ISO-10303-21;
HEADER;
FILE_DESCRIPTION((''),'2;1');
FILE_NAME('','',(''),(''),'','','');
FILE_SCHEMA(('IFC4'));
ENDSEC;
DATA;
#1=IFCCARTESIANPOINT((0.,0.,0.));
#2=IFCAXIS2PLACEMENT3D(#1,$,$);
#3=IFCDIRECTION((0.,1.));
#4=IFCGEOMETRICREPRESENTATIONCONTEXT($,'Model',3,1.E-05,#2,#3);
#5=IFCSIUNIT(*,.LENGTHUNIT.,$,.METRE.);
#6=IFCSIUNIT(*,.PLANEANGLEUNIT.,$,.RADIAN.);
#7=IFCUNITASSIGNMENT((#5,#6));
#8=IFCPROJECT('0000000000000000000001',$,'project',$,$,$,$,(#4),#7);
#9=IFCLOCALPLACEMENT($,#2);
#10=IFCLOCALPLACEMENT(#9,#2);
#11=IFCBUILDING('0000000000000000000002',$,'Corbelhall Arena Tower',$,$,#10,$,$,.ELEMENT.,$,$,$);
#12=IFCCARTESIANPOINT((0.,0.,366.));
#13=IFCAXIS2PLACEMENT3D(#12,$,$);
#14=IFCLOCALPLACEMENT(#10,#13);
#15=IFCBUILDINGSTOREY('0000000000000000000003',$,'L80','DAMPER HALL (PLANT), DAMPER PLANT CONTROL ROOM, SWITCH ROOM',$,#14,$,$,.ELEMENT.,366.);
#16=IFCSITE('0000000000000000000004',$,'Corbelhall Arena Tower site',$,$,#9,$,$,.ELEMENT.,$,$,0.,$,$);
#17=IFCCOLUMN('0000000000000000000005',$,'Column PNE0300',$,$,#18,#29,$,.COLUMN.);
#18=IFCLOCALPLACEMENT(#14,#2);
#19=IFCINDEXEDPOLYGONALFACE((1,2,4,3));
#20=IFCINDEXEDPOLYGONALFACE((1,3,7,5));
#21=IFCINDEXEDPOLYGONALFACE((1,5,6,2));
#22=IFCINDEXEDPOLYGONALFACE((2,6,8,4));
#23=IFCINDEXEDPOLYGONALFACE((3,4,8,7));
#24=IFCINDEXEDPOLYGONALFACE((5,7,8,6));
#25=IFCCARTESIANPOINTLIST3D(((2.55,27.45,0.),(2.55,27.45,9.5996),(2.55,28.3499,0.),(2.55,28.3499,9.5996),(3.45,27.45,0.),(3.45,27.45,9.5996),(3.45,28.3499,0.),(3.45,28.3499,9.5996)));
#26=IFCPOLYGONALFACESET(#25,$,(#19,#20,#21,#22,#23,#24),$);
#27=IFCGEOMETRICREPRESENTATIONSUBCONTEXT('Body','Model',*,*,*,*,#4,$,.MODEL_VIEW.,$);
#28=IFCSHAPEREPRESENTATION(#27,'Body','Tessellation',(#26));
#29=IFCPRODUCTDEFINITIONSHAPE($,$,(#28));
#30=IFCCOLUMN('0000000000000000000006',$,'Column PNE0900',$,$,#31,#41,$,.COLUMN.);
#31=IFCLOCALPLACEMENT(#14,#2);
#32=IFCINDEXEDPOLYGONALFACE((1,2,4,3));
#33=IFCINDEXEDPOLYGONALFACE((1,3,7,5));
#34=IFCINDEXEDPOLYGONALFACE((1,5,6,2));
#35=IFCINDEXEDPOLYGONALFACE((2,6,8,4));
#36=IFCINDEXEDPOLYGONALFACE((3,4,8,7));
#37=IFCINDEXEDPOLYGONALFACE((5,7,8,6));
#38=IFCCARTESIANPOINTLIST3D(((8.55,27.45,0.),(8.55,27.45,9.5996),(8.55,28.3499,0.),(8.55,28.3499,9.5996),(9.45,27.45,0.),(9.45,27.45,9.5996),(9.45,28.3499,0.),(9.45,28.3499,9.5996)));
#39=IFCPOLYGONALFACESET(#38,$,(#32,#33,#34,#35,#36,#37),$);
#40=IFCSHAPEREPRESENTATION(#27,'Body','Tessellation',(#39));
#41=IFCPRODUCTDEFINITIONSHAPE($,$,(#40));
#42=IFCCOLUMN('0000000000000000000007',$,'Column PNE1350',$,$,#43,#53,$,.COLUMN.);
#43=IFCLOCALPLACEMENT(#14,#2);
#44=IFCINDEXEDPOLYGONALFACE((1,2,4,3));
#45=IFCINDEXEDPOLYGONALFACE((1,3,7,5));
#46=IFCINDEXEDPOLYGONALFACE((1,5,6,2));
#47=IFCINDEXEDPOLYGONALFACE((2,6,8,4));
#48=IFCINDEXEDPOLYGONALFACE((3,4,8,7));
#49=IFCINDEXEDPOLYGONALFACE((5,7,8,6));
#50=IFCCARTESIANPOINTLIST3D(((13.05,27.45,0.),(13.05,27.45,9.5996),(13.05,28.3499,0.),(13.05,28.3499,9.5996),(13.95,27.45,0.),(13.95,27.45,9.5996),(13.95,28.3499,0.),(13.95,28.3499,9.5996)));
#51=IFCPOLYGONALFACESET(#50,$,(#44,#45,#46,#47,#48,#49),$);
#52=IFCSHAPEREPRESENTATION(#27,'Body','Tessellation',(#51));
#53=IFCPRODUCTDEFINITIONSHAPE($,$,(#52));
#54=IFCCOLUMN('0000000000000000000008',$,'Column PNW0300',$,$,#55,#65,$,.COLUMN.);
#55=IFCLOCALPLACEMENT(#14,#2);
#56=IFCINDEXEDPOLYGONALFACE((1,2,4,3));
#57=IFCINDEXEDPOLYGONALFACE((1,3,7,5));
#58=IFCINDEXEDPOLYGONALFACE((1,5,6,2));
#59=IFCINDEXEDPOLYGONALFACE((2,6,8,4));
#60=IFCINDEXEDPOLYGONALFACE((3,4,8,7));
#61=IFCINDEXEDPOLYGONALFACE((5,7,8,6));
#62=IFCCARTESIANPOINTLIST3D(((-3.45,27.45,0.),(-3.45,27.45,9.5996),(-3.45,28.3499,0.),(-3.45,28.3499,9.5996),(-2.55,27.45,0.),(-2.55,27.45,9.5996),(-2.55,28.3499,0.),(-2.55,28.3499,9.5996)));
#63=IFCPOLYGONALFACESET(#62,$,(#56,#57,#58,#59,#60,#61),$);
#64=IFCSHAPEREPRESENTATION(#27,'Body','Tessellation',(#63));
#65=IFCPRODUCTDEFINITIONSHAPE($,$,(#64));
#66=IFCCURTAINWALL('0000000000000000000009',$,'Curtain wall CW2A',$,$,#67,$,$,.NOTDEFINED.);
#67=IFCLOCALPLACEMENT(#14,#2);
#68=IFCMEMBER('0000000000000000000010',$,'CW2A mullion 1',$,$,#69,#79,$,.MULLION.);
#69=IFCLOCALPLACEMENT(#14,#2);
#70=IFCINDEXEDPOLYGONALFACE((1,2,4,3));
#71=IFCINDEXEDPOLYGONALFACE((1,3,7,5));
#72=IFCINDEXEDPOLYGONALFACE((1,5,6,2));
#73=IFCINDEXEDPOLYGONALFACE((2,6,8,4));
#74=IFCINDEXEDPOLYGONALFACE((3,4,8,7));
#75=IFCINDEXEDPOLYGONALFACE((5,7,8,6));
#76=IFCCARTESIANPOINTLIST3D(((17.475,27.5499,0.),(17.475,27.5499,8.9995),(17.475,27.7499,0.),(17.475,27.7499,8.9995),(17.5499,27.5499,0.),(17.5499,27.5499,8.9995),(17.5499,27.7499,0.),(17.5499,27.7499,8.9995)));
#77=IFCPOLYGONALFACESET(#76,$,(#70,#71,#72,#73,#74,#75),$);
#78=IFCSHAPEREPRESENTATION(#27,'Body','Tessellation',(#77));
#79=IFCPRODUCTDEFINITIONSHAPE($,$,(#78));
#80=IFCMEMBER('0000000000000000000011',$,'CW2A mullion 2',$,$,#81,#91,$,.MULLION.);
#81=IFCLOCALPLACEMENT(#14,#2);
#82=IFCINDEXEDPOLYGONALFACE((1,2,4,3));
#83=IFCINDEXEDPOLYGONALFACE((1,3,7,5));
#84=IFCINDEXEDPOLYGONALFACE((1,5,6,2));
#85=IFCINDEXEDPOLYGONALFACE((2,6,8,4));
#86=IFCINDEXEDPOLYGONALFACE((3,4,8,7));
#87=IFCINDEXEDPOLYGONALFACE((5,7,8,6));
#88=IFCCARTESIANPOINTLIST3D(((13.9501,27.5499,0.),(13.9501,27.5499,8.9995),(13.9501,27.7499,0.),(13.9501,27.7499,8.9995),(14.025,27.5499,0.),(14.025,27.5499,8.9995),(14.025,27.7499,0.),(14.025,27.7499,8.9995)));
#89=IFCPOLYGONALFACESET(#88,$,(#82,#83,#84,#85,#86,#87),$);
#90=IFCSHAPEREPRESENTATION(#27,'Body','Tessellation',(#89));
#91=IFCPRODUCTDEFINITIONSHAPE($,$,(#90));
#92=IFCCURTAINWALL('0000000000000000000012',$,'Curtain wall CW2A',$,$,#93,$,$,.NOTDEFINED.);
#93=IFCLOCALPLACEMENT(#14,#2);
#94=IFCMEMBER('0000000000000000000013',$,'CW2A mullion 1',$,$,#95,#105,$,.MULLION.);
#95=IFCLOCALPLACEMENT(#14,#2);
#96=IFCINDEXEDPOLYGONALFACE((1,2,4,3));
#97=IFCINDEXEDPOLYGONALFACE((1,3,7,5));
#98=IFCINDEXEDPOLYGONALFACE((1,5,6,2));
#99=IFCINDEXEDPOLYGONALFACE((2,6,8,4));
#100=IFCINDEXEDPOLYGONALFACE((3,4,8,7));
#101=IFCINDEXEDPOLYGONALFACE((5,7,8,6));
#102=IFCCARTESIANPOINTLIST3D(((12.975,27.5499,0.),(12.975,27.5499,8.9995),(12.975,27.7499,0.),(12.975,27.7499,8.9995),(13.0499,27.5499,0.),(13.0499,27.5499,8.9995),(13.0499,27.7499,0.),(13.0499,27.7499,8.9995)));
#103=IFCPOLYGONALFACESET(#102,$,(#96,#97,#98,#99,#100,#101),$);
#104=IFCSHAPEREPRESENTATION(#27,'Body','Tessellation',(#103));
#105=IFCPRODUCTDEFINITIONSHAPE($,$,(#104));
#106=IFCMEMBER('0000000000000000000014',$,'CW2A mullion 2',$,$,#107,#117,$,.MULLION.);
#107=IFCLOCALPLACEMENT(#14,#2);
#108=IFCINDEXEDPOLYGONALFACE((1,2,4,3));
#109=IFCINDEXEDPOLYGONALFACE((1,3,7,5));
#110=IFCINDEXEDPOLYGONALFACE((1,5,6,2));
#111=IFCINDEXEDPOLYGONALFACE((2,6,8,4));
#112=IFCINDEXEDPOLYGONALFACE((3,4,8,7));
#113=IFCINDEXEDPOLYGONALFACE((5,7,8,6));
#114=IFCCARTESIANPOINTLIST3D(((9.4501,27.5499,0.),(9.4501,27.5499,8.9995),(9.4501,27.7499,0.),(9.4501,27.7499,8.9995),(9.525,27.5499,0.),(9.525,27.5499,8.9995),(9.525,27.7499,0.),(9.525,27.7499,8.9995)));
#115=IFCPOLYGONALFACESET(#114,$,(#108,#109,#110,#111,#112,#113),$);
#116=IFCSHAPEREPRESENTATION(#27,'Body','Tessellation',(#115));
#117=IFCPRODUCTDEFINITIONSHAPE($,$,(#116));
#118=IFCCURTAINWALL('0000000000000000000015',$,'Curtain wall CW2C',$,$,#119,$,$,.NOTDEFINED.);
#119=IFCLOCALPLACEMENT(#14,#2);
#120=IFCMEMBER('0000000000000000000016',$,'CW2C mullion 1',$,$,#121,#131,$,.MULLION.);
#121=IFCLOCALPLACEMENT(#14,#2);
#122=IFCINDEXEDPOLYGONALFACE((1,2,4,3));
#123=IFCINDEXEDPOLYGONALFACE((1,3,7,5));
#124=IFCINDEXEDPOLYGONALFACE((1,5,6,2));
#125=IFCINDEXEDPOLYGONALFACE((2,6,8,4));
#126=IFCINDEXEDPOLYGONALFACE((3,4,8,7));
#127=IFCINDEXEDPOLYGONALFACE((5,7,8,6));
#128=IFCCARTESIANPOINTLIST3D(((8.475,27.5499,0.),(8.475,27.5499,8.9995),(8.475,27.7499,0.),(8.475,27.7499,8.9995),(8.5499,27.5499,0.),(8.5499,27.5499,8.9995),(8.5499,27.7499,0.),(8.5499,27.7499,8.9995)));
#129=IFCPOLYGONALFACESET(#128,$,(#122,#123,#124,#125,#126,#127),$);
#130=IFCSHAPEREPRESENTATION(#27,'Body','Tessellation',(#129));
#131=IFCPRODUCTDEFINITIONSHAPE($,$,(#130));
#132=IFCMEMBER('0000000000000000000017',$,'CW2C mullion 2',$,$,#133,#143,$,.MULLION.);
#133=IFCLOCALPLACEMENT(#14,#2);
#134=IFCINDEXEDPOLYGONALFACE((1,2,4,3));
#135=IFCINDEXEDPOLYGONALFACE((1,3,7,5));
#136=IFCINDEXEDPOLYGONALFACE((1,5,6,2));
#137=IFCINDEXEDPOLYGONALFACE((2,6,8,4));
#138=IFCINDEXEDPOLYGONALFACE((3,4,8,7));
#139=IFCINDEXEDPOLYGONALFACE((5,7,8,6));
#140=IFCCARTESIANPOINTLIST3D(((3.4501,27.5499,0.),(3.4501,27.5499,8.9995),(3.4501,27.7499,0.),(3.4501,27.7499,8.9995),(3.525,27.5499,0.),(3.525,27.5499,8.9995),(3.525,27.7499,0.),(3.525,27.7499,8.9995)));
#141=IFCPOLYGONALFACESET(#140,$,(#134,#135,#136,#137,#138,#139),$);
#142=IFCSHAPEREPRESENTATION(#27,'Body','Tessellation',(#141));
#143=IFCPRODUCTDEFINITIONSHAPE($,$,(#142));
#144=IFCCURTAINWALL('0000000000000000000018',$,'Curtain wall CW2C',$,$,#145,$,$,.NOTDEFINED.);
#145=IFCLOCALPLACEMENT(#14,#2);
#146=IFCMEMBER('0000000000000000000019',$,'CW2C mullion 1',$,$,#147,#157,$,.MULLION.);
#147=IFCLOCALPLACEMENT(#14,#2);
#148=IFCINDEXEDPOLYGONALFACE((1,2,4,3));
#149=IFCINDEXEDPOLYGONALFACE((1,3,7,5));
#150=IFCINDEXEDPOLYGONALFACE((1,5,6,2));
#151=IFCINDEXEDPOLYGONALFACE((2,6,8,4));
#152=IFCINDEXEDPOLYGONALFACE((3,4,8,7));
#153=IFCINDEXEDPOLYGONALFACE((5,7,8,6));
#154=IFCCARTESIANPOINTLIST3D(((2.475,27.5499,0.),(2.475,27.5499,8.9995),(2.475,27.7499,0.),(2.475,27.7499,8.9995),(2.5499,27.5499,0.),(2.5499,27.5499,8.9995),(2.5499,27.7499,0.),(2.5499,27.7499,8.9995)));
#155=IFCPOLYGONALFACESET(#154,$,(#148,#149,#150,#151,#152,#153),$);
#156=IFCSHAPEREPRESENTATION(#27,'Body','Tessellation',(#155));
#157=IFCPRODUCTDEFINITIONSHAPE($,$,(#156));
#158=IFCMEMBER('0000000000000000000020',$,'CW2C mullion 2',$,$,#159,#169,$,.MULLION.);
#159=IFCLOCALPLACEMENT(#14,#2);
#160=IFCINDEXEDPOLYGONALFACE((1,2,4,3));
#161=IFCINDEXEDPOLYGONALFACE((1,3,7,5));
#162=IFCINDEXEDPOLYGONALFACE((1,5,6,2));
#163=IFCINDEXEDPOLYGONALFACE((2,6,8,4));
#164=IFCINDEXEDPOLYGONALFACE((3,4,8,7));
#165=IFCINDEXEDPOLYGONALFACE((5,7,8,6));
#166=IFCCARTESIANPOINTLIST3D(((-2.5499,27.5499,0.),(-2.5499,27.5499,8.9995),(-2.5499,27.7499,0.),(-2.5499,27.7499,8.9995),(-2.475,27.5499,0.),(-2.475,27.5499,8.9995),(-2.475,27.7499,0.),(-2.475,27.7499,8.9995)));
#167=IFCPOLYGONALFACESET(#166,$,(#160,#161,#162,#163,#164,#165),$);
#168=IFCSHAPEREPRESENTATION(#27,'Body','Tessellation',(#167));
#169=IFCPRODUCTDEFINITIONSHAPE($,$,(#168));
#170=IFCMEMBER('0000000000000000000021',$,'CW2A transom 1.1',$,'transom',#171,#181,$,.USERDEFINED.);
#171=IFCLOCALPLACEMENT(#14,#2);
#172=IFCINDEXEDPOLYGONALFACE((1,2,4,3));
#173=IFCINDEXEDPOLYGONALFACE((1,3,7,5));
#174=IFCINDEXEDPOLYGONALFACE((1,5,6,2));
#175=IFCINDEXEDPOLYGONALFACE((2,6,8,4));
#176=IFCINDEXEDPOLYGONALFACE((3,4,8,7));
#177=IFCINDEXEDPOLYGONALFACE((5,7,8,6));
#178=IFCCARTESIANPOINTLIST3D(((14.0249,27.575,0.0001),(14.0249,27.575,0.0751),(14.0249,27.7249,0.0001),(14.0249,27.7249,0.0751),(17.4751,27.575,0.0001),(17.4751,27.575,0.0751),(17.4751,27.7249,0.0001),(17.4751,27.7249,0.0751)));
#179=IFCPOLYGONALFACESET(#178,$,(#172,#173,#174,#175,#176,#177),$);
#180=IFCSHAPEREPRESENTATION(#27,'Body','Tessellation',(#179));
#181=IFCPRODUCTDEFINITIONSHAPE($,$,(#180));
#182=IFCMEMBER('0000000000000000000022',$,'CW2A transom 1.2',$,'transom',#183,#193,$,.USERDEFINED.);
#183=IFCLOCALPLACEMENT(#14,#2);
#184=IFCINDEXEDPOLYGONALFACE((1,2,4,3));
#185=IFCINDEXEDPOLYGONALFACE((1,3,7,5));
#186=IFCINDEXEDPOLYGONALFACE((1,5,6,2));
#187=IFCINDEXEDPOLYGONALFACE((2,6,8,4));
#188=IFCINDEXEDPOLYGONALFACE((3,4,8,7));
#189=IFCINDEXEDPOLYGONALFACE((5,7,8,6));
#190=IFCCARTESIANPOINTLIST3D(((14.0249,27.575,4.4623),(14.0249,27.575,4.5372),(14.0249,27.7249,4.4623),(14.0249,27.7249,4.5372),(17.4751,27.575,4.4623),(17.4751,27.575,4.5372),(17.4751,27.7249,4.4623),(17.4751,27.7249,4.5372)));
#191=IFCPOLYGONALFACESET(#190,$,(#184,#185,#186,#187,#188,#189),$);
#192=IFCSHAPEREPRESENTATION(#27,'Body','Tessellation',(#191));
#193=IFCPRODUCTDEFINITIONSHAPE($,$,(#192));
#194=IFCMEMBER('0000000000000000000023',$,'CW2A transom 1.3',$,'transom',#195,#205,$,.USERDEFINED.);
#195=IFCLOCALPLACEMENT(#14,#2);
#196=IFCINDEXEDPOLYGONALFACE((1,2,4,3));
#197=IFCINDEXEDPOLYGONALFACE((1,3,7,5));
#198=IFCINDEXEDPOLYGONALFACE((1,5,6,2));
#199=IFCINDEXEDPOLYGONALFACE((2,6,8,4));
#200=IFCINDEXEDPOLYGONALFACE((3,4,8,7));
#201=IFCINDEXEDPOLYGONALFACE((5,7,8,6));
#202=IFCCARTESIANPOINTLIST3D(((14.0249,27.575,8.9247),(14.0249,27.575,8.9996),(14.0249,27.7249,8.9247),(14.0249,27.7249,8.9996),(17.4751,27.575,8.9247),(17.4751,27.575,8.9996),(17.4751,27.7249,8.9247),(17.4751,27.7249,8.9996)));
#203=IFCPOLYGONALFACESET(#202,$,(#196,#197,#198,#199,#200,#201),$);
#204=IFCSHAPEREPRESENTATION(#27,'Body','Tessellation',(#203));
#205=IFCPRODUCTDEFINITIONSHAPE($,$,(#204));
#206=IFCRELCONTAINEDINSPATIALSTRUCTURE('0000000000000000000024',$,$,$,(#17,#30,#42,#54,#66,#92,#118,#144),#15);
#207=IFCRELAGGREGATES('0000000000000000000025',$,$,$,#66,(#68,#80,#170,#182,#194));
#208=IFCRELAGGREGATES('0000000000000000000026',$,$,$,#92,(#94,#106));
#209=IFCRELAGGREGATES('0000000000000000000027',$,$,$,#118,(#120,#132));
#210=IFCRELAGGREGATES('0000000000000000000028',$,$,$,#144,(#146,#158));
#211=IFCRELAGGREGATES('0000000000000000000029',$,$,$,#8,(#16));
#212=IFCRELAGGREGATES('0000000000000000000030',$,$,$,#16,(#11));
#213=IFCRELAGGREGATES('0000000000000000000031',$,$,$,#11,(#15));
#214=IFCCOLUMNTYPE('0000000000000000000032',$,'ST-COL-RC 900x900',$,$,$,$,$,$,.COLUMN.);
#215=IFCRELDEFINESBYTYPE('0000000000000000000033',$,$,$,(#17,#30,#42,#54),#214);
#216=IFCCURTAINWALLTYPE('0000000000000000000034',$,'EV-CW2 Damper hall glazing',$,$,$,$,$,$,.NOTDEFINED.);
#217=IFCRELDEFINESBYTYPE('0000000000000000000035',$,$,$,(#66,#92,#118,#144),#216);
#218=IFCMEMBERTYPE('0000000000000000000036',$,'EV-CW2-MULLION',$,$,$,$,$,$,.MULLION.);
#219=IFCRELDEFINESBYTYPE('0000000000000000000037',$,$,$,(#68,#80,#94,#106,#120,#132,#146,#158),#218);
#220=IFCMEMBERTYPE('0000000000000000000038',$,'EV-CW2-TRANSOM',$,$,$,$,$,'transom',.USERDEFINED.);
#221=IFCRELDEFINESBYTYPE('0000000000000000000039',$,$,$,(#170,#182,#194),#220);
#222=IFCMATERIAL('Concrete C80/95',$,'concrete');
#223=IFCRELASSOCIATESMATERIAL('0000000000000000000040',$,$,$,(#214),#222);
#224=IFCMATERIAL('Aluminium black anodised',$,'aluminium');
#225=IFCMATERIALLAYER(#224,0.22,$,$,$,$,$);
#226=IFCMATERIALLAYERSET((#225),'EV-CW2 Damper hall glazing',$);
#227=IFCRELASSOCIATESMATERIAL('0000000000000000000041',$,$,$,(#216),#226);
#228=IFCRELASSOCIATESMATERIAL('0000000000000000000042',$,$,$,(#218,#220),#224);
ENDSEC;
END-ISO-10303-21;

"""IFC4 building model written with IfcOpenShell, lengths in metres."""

from ifc_helpers import new_model, si_unit, direction, frame, origin, origin_2d, place, context, subcontext, project, spatial, rectangle, extrude, material, layer, layer_set, material_profile, profile_set, type_object, element, aggregate, save


model = new_model("IFC4")

# Units and contexts
model_context = context("Model", 3, precision=1e-05, world=origin(), true_north=direction((0.0, 1.0)))
body_context = subcontext(model_context, "Body", "Model", "MODEL_VIEW")
ifc_project = project(units=[si_unit("LENGTHUNIT", "METRE"), si_unit("PLANEANGLEUNIT", "RADIAN")], contexts=[model_context])

# Site, building, storey
site_placement = place(None, origin())
site = spatial("IfcSite", under=ifc_project, at=site_placement, Name="Corbelhall Arena Tower site", CompositionType="ELEMENT", RefElevation=0.0)
building_placement = place(site_placement, origin())
building = spatial("IfcBuilding", under=site, at=building_placement, Name="Corbelhall Arena Tower", CompositionType="ELEMENT")
storey_placement = place(building_placement, frame((0.0, 0.0, 366.0)))
storey = spatial("IfcBuildingStorey", under=building, at=storey_placement, Name="L80", Description="DAMPER HALL (PLANT), DAMPER PLANT CONTROL ROOM, SWITCH ROOM", CompositionType="ELEMENT", Elevation=366.0)

# Columns
ifc_material_1 = material(Name="Concrete C80/95", Category="concrete")
ifc_material_profile_1 = material_profile(ifc_material_1, rectangle(XDim=0.8999, YDim=0.8999, at=origin_2d()))
ifc_profile_set_1 = profile_set([ifc_material_profile_1], Name="Concrete C80/95")
column_type = type_object("IfcColumnType", Name="ST-COL-RC 900x900", PredefinedType="COLUMN", material=ifc_profile_set_1)
for number, where, z_axis, x_axis, name in (
    (1, (3.0, 27.8999, 0.0), (0.0, 0.0, 1.0), (1.0, 0.0, 0.0), "Column PNE0300"),
    (2, (9.0, 27.8999, 0.0), (0.0, 0.0, 1.0), (1.0, 0.0, 0.0), "Column PNE0900"),
    (3, (13.5, 27.8999, 0.0), (0.0, 0.0, 1.0), (1.0, 0.0, 0.0), "Column PNE1350"),
    (4, (-3.0, 27.8999, 0.0), (0.0, 0.0, 1.0), (1.0, 0.0, 0.0), "Column PNW0300"),
):
    element("IfcColumn", number, at=place(storey_placement, frame(where, z_axis=z_axis, x_axis=x_axis)), inside=storey, type_object=column_type, Name=name, PredefinedType="COLUMN", context=body_context, shape_type="SweptSolid", body=[
        extrude(rectangle(XDim=0.8999, YDim=0.8999, at=origin_2d()), origin(), (0.0, 0.0, 1.0), 9.5996),
    ])

# Curtain walls, members
ifc_material_2 = material(Name="Aluminium black anodised", Category="aluminium")
ifc_layer_1 = layer(ifc_material_2, 0.22)
ifc_layer_set_1 = layer_set([ifc_layer_1], Name="EV-CW2 Damper hall glazing")
curtain_wall_type = type_object("IfcCurtainWallType", Name="EV-CW2 Damper hall glazing", PredefinedType="NOTDEFINED", material=ifc_layer_set_1)
curtain_wall_1_placement = place(storey_placement, origin())
curtain_wall_1 = element("IfcCurtainWall", 5, at=curtain_wall_1_placement, inside=storey, type_object=curtain_wall_type, Name="Curtain wall CW2A", PredefinedType="NOTDEFINED")
ifc_material_profile_2 = material_profile(ifc_material_2, rectangle(XDim=0.2, YDim=0.075, at=origin_2d()))
ifc_profile_set_2 = profile_set([ifc_material_profile_2], Name="Aluminium black anodised")
member_type_1 = type_object("IfcMemberType", Name="EV-CW2-MULLION", PredefinedType="MULLION", material=ifc_profile_set_2)
member_1_placement = place(storey_placement, frame((17.5125, 27.6499, 0.0), z_axis=(0.0, 0.0, 1.0), x_axis=(0.0, -1.0, 0.0)))
member_1 = element("IfcMember", 6, at=member_1_placement, type_object=member_type_1, Name="CW2A mullion 1", PredefinedType="MULLION", context=body_context, shape_type="SweptSolid", body=[
    extrude(rectangle(XDim=0.2, YDim=0.075, at=origin_2d()), origin(), (0.0, 0.0, 1.0), 8.9995),
])
member_2_placement = place(storey_placement, frame((13.9875, 27.6499, 0.0), z_axis=(0.0, 0.0, 1.0), x_axis=(0.0, -1.0, 0.0)))
member_2 = element("IfcMember", 7, at=member_2_placement, type_object=member_type_1, Name="CW2A mullion 2", PredefinedType="MULLION", context=body_context, shape_type="SweptSolid", body=[
    extrude(rectangle(XDim=0.2, YDim=0.075, at=origin_2d()), origin(), (0.0, 0.0, 1.0), 8.9995),
])
curtain_wall_2_placement = place(storey_placement, origin())
curtain_wall_2 = element("IfcCurtainWall", 8, at=curtain_wall_2_placement, inside=storey, type_object=curtain_wall_type, Name="Curtain wall CW2A", PredefinedType="NOTDEFINED")
member_3_placement = place(storey_placement, frame((13.0125, 27.6499, 0.0), z_axis=(0.0, 0.0, 1.0), x_axis=(0.0, -1.0, 0.0)))
member_3 = element("IfcMember", 9, at=member_3_placement, type_object=member_type_1, Name="CW2A mullion 1", PredefinedType="MULLION", context=body_context, shape_type="SweptSolid", body=[
    extrude(rectangle(XDim=0.2, YDim=0.075, at=origin_2d()), origin(), (0.0, 0.0, 1.0), 8.9995),
])
member_4_placement = place(storey_placement, frame((9.4875, 27.6499, 0.0), z_axis=(0.0, 0.0, 1.0), x_axis=(0.0, -1.0, 0.0)))
member_4 = element("IfcMember", 10, at=member_4_placement, type_object=member_type_1, Name="CW2A mullion 2", PredefinedType="MULLION", context=body_context, shape_type="SweptSolid", body=[
    extrude(rectangle(XDim=0.2, YDim=0.075, at=origin_2d()), origin(), (0.0, 0.0, 1.0), 8.9995),
])
curtain_wall_3_placement = place(storey_placement, origin())
curtain_wall_3 = element("IfcCurtainWall", 11, at=curtain_wall_3_placement, inside=storey, type_object=curtain_wall_type, Name="Curtain wall CW2C", PredefinedType="NOTDEFINED")
member_5_placement = place(storey_placement, frame((8.5125, 27.6499, 0.0), z_axis=(0.0, 0.0, 1.0), x_axis=(0.0, -1.0, 0.0)))
member_5 = element("IfcMember", 12, at=member_5_placement, type_object=member_type_1, Name="CW2C mullion 1", PredefinedType="MULLION", context=body_context, shape_type="SweptSolid", body=[
    extrude(rectangle(XDim=0.2, YDim=0.075, at=origin_2d()), origin(), (0.0, 0.0, 1.0), 8.9995),
])
member_6_placement = place(storey_placement, frame((3.4875, 27.6499, 0.0), z_axis=(0.0, 0.0, 1.0), x_axis=(0.0, -1.0, 0.0)))
member_6 = element("IfcMember", 13, at=member_6_placement, type_object=member_type_1, Name="CW2C mullion 2", PredefinedType="MULLION", context=body_context, shape_type="SweptSolid", body=[
    extrude(rectangle(XDim=0.2, YDim=0.075, at=origin_2d()), origin(), (0.0, 0.0, 1.0), 8.9995),
])
curtain_wall_4_placement = place(storey_placement, origin())
curtain_wall_4 = element("IfcCurtainWall", 14, at=curtain_wall_4_placement, inside=storey, type_object=curtain_wall_type, Name="Curtain wall CW2C", PredefinedType="NOTDEFINED")
member_7_placement = place(storey_placement, frame((2.5125, 27.6499, 0.0), z_axis=(0.0, 0.0, 1.0), x_axis=(0.0, -1.0, 0.0)))
member_7 = element("IfcMember", 15, at=member_7_placement, type_object=member_type_1, Name="CW2C mullion 1", PredefinedType="MULLION", context=body_context, shape_type="SweptSolid", body=[
    extrude(rectangle(XDim=0.2, YDim=0.075, at=origin_2d()), origin(), (0.0, 0.0, 1.0), 8.9995),
])
member_8_placement = place(storey_placement, frame((-2.5125, 27.6499, 0.0), z_axis=(0.0, 0.0, 1.0), x_axis=(0.0, -1.0, 0.0)))
member_8 = element("IfcMember", 16, at=member_8_placement, type_object=member_type_1, Name="CW2C mullion 2", PredefinedType="MULLION", context=body_context, shape_type="SweptSolid", body=[
    extrude(rectangle(XDim=0.2, YDim=0.075, at=origin_2d()), origin(), (0.0, 0.0, 1.0), 8.9995),
])

# Members
ifc_material_profile_3 = material_profile(ifc_material_2, rectangle(XDim=0.1499, YDim=0.075, at=origin_2d()))
ifc_profile_set_3 = profile_set([ifc_material_profile_3], Name="Aluminium black anodised")
member_type_2 = type_object("IfcMemberType", Name="EV-CW2-TRANSOM", ElementType="transom", PredefinedType="USERDEFINED", material=ifc_profile_set_3)
member_9_placement = place(storey_placement, frame((17.4751, 27.6499, 0.0376), z_axis=(-1.0, 0.0, 0.0), x_axis=(0.0, -1.0, 0.0)))
member_9 = element("IfcMember", 17, at=member_9_placement, type_object=member_type_2, Name="CW2A transom 1.1", ObjectType="transom", PredefinedType="USERDEFINED", context=body_context, shape_type="SweptSolid", body=[
    extrude(rectangle(XDim=0.1499, YDim=0.075, at=origin_2d()), origin(), (0.0, 0.0, 1.0), 3.4502),
])
member_10_placement = place(storey_placement, frame((17.4751, 27.6499, 4.4998), z_axis=(-1.0, 0.0, 0.0), x_axis=(0.0, -1.0, 0.0)))
member_10 = element("IfcMember", 18, at=member_10_placement, type_object=member_type_2, Name="CW2A transom 1.2", ObjectType="transom", PredefinedType="USERDEFINED", context=body_context, shape_type="SweptSolid", body=[
    extrude(rectangle(XDim=0.1499, YDim=0.075, at=origin_2d()), origin(), (0.0, 0.0, 1.0), 3.4502),
])
member_11_placement = place(storey_placement, frame((17.4751, 27.6499, 8.9622), z_axis=(-1.0, 0.0, 0.0), x_axis=(0.0, -1.0, 0.0)))
member_11 = element("IfcMember", 19, at=member_11_placement, type_object=member_type_2, Name="CW2A transom 1.3", ObjectType="transom", PredefinedType="USERDEFINED", context=body_context, shape_type="SweptSolid", body=[
    extrude(rectangle(XDim=0.1499, YDim=0.075, at=origin_2d()), origin(), (0.0, 0.0, 1.0), 3.4502),
])

aggregate(curtain_wall_1, [member_1, member_2, member_9, member_10, member_11])
aggregate(curtain_wall_2, [member_3, member_4])
aggregate(curtain_wall_3, [member_5, member_6])
aggregate(curtain_wall_4, [member_7, member_8])

save(model, "model.ifc")
